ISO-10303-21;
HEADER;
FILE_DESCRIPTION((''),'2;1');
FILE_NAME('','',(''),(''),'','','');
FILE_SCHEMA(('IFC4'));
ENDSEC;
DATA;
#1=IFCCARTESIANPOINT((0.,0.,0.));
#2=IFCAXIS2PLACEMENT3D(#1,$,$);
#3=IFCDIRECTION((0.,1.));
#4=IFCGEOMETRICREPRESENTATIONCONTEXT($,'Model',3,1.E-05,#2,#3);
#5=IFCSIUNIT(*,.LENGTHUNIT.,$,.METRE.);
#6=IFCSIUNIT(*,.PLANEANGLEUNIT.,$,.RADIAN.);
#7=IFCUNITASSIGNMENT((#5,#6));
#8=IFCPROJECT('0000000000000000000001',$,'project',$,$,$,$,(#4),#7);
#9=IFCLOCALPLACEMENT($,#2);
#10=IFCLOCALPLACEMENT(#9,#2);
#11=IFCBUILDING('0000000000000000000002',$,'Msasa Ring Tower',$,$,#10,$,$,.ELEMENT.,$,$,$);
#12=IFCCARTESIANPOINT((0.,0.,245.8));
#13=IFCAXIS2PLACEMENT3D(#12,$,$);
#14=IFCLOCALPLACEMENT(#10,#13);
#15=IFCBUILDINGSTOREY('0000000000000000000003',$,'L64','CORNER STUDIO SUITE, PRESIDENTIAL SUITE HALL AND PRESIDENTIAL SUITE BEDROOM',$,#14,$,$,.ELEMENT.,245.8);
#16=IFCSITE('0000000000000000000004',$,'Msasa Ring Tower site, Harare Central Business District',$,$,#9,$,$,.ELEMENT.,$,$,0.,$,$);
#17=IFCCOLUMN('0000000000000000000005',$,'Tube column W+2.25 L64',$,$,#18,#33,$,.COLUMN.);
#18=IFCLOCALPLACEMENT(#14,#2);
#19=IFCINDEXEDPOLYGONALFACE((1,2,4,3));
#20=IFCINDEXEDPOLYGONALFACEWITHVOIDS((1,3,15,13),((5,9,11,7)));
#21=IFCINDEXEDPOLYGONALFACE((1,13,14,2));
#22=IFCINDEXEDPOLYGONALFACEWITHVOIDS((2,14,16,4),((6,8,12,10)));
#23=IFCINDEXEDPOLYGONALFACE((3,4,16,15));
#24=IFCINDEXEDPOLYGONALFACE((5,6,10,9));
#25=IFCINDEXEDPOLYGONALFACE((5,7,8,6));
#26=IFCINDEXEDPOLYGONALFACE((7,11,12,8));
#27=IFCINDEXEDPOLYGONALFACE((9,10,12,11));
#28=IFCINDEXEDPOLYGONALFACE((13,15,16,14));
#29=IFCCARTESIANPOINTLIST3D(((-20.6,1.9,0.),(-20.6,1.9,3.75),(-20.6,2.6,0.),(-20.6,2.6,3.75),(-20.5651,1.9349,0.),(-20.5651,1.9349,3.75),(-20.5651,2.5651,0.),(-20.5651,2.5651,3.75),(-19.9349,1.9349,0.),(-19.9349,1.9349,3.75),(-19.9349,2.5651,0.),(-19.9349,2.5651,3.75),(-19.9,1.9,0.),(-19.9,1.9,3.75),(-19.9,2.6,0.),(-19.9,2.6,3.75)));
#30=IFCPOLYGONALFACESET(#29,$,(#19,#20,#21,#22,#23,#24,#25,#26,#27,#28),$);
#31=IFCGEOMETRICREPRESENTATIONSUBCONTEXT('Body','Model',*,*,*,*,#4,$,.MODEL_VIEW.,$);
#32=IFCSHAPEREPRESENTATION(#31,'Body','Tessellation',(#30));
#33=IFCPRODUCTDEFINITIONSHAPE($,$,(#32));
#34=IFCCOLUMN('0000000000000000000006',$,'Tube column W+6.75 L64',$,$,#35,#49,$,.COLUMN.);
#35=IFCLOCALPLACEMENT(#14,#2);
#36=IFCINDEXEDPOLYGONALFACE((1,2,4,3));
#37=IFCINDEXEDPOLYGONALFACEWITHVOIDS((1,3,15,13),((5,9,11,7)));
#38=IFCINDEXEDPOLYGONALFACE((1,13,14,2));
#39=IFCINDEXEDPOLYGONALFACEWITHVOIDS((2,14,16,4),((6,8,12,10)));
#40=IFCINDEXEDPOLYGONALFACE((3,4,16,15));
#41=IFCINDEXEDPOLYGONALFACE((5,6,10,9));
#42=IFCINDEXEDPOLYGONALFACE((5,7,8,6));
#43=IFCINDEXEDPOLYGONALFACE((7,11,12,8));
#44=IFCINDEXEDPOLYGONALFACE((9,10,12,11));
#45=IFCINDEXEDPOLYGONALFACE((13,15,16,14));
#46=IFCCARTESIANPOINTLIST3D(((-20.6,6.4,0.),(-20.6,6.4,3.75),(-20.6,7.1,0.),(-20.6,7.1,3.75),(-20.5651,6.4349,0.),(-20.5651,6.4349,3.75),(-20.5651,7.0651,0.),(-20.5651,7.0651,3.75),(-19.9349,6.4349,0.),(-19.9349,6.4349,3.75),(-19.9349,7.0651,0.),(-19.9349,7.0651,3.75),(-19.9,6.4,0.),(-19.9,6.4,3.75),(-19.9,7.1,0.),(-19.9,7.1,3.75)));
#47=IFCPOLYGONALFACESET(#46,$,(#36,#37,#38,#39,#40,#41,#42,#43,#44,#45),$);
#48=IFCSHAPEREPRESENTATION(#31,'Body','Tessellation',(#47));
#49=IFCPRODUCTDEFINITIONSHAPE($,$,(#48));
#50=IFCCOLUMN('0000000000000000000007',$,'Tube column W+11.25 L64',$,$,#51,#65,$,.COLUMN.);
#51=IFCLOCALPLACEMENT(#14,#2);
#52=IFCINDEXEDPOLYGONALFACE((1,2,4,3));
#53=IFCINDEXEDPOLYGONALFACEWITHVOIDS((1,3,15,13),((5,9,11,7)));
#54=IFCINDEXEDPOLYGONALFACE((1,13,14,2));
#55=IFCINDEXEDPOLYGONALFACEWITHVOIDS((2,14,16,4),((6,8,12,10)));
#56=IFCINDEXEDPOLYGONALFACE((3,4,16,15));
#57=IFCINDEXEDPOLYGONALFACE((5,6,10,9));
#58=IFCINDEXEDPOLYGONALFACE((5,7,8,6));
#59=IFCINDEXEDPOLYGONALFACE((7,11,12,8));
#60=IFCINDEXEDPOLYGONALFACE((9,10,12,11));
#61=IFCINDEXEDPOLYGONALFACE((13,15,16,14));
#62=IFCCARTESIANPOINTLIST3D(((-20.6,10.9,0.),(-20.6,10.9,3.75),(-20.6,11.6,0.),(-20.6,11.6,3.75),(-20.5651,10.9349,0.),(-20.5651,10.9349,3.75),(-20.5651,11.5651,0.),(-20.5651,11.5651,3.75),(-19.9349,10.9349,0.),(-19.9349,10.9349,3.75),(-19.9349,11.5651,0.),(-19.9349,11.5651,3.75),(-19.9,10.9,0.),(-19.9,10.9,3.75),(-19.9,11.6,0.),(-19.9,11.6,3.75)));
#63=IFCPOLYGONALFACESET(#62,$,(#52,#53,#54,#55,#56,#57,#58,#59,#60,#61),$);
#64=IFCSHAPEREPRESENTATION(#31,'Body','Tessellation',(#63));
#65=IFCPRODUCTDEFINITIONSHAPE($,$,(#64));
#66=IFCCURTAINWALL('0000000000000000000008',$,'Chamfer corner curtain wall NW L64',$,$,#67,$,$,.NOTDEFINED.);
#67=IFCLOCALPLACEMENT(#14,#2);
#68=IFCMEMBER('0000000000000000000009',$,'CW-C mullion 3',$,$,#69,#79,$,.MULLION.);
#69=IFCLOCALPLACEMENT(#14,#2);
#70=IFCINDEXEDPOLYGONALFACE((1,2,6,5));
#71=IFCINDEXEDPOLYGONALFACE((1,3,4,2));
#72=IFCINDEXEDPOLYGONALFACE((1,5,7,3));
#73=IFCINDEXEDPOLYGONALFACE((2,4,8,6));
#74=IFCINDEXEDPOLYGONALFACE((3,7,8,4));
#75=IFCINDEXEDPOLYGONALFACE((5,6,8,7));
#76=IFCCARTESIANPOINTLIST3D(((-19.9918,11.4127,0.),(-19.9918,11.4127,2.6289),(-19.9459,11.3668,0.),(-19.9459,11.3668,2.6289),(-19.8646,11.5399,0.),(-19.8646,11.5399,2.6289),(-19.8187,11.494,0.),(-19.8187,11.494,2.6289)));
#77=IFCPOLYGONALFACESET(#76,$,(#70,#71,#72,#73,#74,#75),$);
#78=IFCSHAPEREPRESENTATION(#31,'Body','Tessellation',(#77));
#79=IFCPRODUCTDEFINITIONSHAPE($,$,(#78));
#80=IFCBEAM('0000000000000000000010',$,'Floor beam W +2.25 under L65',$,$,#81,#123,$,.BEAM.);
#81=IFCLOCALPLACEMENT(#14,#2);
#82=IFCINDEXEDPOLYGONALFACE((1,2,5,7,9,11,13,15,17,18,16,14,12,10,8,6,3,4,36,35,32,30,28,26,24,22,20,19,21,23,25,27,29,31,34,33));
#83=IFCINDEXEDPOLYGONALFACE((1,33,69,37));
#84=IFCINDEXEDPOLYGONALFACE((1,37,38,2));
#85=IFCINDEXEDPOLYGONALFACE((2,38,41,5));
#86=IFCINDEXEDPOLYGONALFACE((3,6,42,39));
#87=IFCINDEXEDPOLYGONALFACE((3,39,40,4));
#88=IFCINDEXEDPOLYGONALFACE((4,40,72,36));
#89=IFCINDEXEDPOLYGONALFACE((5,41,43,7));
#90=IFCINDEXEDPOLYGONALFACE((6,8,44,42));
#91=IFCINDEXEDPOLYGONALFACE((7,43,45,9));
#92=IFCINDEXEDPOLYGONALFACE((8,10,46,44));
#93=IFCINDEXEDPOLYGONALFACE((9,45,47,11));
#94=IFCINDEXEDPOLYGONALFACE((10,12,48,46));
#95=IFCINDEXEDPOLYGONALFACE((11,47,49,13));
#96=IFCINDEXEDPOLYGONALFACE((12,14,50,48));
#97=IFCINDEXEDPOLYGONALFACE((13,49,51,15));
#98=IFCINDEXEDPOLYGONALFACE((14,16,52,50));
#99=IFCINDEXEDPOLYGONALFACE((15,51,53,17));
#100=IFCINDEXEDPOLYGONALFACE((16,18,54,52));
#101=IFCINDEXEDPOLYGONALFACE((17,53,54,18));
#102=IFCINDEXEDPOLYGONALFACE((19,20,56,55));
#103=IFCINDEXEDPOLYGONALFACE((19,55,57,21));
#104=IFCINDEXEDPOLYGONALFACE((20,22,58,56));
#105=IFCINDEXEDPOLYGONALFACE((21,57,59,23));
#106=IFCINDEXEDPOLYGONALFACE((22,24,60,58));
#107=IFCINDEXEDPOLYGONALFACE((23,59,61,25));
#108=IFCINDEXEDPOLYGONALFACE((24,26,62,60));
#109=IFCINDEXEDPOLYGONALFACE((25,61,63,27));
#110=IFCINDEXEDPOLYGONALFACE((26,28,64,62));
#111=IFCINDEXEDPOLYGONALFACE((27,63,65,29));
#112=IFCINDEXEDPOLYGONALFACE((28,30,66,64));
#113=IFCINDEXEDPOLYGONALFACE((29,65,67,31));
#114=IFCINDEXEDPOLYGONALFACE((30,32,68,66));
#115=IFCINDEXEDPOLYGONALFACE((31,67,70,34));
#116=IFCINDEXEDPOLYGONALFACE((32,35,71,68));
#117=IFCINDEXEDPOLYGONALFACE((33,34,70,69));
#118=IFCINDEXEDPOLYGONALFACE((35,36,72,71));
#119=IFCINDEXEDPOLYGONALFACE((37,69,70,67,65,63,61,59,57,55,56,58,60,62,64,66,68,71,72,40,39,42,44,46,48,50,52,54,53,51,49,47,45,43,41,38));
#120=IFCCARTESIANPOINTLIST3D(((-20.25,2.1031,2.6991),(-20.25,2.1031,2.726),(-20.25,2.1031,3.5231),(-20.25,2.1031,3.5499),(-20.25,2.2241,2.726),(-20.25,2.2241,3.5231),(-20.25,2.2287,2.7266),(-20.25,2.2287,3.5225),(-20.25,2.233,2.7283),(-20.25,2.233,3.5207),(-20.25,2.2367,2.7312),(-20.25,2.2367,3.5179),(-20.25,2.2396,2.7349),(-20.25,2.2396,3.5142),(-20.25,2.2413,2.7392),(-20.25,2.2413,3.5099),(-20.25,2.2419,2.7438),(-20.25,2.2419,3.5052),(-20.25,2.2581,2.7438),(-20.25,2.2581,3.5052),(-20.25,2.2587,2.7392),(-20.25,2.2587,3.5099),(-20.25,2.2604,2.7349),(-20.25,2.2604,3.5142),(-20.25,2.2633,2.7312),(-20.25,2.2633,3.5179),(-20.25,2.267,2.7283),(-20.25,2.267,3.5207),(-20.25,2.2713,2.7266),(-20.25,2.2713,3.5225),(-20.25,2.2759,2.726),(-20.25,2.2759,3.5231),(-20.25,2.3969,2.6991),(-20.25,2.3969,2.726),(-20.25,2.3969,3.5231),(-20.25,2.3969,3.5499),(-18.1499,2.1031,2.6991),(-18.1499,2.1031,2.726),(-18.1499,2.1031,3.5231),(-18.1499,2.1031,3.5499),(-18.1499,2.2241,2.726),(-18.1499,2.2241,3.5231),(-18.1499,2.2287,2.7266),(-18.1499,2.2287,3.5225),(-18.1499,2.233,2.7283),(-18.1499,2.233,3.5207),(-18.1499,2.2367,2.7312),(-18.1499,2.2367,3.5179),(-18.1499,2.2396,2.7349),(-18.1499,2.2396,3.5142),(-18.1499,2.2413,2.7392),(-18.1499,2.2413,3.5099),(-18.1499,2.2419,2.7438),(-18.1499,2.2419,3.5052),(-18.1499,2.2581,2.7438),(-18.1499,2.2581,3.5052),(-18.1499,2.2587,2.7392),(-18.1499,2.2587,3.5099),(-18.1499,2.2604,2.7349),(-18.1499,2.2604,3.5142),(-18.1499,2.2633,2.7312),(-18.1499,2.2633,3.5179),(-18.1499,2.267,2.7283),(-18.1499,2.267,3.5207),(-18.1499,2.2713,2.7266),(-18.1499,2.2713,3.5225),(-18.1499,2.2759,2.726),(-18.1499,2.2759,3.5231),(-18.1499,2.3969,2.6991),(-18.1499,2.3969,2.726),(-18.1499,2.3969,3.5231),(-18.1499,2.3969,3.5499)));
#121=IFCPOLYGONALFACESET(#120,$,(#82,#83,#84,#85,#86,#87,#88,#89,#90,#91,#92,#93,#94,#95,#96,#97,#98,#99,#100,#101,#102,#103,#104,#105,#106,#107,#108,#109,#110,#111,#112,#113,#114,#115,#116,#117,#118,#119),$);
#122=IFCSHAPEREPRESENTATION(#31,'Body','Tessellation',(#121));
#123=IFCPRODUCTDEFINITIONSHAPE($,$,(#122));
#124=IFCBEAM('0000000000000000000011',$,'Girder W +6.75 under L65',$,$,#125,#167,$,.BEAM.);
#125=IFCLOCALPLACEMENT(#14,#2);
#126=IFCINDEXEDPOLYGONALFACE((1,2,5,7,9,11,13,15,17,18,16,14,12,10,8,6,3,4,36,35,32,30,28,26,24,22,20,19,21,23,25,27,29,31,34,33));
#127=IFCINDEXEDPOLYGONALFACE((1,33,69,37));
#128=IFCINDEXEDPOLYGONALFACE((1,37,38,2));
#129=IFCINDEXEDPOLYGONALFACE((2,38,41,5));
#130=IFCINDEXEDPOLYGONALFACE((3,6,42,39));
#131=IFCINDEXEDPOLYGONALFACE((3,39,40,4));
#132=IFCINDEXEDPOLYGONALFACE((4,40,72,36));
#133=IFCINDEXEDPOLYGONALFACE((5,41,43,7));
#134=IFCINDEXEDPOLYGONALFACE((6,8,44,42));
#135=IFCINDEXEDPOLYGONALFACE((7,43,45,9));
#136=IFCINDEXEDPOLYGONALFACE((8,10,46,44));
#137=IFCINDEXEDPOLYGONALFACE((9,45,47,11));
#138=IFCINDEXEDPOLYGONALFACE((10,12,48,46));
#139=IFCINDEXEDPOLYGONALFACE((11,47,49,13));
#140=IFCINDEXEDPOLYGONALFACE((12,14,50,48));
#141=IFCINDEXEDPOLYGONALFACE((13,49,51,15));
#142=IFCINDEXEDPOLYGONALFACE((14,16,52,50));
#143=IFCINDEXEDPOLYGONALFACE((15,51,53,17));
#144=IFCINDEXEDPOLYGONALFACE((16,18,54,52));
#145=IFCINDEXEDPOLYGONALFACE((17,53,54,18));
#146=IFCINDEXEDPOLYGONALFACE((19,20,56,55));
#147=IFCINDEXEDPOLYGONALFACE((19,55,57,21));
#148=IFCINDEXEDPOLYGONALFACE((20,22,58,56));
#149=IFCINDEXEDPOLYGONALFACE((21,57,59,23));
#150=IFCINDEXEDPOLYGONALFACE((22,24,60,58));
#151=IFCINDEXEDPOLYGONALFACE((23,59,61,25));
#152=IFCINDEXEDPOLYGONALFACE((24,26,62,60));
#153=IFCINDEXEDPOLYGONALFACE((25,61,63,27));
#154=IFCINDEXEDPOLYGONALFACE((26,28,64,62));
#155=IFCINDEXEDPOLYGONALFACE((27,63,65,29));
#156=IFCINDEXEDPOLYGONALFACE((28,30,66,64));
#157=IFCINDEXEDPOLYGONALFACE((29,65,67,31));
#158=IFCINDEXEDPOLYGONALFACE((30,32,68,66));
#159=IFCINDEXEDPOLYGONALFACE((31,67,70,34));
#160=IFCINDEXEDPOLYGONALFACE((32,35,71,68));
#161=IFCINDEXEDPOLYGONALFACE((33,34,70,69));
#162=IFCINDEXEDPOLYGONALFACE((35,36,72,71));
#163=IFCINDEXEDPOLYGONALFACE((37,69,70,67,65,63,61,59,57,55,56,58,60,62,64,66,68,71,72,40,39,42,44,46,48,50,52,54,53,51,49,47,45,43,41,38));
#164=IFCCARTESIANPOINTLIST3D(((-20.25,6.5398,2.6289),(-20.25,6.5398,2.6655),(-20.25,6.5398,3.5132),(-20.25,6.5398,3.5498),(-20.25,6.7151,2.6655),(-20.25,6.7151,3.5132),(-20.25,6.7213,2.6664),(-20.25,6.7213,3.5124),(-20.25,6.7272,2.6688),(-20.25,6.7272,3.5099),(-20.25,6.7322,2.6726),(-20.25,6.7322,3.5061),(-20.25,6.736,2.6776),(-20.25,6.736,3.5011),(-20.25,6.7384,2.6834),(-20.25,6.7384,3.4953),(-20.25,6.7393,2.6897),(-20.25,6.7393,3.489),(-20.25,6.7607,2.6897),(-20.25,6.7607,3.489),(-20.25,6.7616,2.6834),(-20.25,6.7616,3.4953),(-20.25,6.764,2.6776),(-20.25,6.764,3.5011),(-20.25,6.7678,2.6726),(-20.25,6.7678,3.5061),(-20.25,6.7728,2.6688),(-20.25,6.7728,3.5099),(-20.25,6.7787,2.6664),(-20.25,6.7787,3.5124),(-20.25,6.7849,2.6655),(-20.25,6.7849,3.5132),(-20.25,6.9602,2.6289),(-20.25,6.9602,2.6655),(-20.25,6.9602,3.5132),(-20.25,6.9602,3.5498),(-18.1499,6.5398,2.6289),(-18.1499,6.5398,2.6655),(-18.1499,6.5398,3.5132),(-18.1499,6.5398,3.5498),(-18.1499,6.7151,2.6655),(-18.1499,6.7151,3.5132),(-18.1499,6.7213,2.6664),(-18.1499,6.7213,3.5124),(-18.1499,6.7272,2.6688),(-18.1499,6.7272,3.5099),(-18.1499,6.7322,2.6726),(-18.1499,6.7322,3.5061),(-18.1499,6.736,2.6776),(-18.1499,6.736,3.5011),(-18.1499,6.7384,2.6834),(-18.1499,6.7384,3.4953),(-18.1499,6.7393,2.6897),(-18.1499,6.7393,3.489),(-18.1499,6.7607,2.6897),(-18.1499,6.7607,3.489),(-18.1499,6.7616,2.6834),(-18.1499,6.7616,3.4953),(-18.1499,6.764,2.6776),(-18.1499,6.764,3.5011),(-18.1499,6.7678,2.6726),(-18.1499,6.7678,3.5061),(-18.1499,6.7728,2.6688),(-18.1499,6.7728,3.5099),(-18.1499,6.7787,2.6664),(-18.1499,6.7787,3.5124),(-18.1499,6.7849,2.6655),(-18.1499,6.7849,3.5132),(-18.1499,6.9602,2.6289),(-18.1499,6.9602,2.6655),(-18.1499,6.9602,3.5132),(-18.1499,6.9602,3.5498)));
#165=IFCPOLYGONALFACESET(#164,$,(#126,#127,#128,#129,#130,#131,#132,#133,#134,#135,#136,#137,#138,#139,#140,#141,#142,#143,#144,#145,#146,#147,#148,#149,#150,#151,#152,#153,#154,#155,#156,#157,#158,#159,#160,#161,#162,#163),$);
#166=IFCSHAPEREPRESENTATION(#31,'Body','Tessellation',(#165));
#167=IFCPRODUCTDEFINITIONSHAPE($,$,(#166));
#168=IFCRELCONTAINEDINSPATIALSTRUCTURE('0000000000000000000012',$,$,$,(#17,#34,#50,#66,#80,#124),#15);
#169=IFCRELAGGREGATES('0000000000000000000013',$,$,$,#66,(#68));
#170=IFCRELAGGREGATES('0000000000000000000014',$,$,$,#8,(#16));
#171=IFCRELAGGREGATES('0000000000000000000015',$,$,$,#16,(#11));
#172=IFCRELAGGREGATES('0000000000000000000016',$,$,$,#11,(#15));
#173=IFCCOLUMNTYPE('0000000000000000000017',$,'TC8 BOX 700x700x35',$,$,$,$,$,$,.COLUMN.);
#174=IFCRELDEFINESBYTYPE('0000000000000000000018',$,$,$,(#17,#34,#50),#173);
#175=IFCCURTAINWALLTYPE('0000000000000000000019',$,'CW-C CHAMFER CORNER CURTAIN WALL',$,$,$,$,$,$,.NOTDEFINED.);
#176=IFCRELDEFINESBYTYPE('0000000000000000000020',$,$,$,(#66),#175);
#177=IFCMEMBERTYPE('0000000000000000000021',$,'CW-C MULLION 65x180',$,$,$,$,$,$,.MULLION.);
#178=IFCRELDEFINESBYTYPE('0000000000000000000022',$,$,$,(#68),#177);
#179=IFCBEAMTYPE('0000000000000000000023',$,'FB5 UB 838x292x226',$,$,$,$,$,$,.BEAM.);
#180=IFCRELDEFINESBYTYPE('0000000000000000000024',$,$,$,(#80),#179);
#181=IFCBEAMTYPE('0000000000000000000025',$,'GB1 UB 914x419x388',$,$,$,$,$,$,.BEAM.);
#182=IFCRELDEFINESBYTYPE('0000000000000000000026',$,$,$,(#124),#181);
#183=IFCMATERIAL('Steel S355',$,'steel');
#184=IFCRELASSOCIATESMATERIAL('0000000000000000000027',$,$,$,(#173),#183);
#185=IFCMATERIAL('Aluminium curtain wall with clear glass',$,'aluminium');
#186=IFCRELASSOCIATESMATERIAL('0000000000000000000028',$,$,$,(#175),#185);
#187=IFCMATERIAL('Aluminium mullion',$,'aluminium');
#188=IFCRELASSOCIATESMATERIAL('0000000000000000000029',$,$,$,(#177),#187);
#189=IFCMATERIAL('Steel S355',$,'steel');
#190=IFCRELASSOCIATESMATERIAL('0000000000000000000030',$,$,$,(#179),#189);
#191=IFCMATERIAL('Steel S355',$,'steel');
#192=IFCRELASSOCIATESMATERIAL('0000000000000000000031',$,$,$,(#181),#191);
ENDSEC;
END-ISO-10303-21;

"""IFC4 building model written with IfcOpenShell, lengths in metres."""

from ifc_helpers import new_model, si_unit, direction, frame, origin, origin_2d, place, context, subcontext, project, spatial, rectangle, hollow_rectangle, i_section, extrude, material, material_profile, profile_set, type_object, element, aggregate, save


model = new_model("IFC4")

# Units and contexts
model_context = context("Model", 3, precision=1e-05, world=origin(), true_north=direction((0.0, 1.0)))
body_context = subcontext(model_context, "Body", "Model", "MODEL_VIEW")
ifc_project = project(units=[si_unit("LENGTHUNIT", "METRE"), si_unit("PLANEANGLEUNIT", "RADIAN")], contexts=[model_context])

# Site, building, storey
site_placement = place(None, origin())
site = spatial("IfcSite", under=ifc_project, at=site_placement, Name="Msasa Ring Tower site, Harare Central Business District", CompositionType="ELEMENT", RefElevation=0.0)
building_placement = place(site_placement, origin())
building = spatial("IfcBuilding", under=site, at=building_placement, Name="Msasa Ring Tower", CompositionType="ELEMENT")
storey_placement = place(building_placement, frame((0.0, 0.0, 245.8)))
storey = spatial("IfcBuildingStorey", under=building, at=storey_placement, Name="L64", Description="CORNER STUDIO SUITE, PRESIDENTIAL SUITE HALL AND PRESIDENTIAL SUITE BEDROOM", CompositionType="ELEMENT", Elevation=245.8)

# Columns
ifc_material_1 = material(Name="Steel S355", Category="steel")
ifc_material_profile_1 = material_profile(ifc_material_1, hollow_rectangle(XDim=0.7, YDim=0.7, WallThickness=0.0349, at=origin_2d()), Name="BOX 700x700x35")
ifc_profile_set_1 = profile_set([ifc_material_profile_1], Name="Steel S355")
column_type = type_object("IfcColumnType", Name="TC8 BOX 700x700x35", PredefinedType="COLUMN", material=ifc_profile_set_1)
for number, where, z_axis, x_axis, name in (
    (1, (-20.25, 2.25, 0.0), (0.0, 0.0, 1.0), (1.0, 0.0, 0.0), "Tube column W+2.25 L64"),
    (2, (-20.25, 6.75, 0.0), (0.0, 0.0, 1.0), (1.0, 0.0, 0.0), "Tube column W+6.75 L64"),
    (3, (-20.25, 11.25, 0.0), (0.0, 0.0, 1.0), (1.0, 0.0, 0.0), "Tube column W+11.25 L64"),
):
    element("IfcColumn", number, at=place(storey_placement, frame(where, z_axis=z_axis, x_axis=x_axis)), inside=storey, type_object=column_type, Name=name, PredefinedType="COLUMN", context=body_context, shape_type="SweptSolid", body=[
        extrude(hollow_rectangle(XDim=0.7, YDim=0.7, WallThickness=0.0349, at=origin_2d()), origin(), (0.0, 0.0, 1.0), 3.75),
    ])

# Curtain wall, member
ifc_material_2 = material(Name="Aluminium curtain wall with clear glass", Category="aluminium")
curtain_wall_type = type_object("IfcCurtainWallType", Name="CW-C CHAMFER CORNER CURTAIN WALL", PredefinedType="NOTDEFINED", material=ifc_material_2)
curtain_wall_placement = place(storey_placement, origin())
curtain_wall = element("IfcCurtainWall", 4, at=curtain_wall_placement, inside=storey, type_object=curtain_wall_type, Name="Chamfer corner curtain wall NW L64", PredefinedType="NOTDEFINED")
ifc_material_3 = material(Name="Aluminium mullion", Category="aluminium")
ifc_material_profile_2 = material_profile(ifc_material_3, rectangle(XDim=0.0649, YDim=0.1799, at=origin_2d()), Name="AL 65x180")
ifc_profile_set_2 = profile_set([ifc_material_profile_2], Name="Aluminium mullion")
member_type = type_object("IfcMemberType", Name="CW-C MULLION 65x180", PredefinedType="MULLION", material=ifc_profile_set_2)
member_placement = place(storey_placement, frame((-19.9053, 11.4534, 0.0), z_axis=(0.0, 0.0, 1.0), x_axis=(0.707107, -0.707107, 0.0)))
member = element("IfcMember", 5, at=member_placement, type_object=member_type, Name="CW-C mullion 3", PredefinedType="MULLION", context=body_context, shape_type="SweptSolid", body=[
    extrude(rectangle(XDim=0.0649, YDim=0.1799, at=origin_2d()), origin(), (0.0, 0.0, 1.0), 2.6289),
])
aggregate(curtain_wall, [member])

# Beams
ifc_material_4 = material(Name="Steel S355", Category="steel")
ifc_material_profile_3 = material_profile(ifc_material_4, i_section(OverallWidth=0.2937, OverallDepth=0.8508, WebThickness=0.0161, FlangeThickness=0.0269, FilletRadius=0.0178, at=origin_2d()), Name="UB 838x292x226")
ifc_profile_set_3 = profile_set([ifc_material_profile_3], Name="Steel S355")
beam_type_1 = type_object("IfcBeamType", Name="FB5 UB 838x292x226", PredefinedType="BEAM", material=ifc_profile_set_3)
beam_1_placement = place(storey_placement, frame((-20.25, 2.25, 3.1245), z_axis=(1.0, 0.0, 0.0), x_axis=(0.0, 1.0, 0.0)))
element("IfcBeam", 6, at=beam_1_placement, inside=storey, type_object=beam_type_1, Name="Floor beam W +2.25 under L65", PredefinedType="BEAM", context=body_context, shape_type="SweptSolid", body=[
    extrude(i_section(OverallWidth=0.2937, OverallDepth=0.8508, WebThickness=0.0161, FlangeThickness=0.0269, FilletRadius=0.0178, at=origin_2d()), origin(), (0.0, 0.0, 1.0), 2.1001),
])
ifc_material_5 = material(Name="Steel S355", Category="steel")
ifc_material_profile_4 = material_profile(ifc_material_5, i_section(OverallWidth=0.4204, OverallDepth=0.9209, WebThickness=0.0215, FlangeThickness=0.0366, FilletRadius=0.0242, at=origin_2d()), Name="UB 914x419x388")
ifc_profile_set_4 = profile_set([ifc_material_profile_4], Name="Steel S355")
beam_type_2 = type_object("IfcBeamType", Name="GB1 UB 914x419x388", PredefinedType="BEAM", material=ifc_profile_set_4)
beam_2_placement = place(storey_placement, frame((-18.1499, 6.75, 3.0894), z_axis=(-1.0, 0.0, 0.0), x_axis=(0.0, -1.0, 0.0)))
element("IfcBeam", 7, at=beam_2_placement, inside=storey, type_object=beam_type_2, Name="Girder W +6.75 under L65", PredefinedType="BEAM", context=body_context, shape_type="SweptSolid", body=[
    extrude(i_section(OverallWidth=0.4204, OverallDepth=0.9209, WebThickness=0.0215, FlangeThickness=0.0366, FilletRadius=0.0242, at=origin_2d()), origin(), (0.0, 0.0, 1.0), 2.1001),
])

save(model, "model.ifc")
